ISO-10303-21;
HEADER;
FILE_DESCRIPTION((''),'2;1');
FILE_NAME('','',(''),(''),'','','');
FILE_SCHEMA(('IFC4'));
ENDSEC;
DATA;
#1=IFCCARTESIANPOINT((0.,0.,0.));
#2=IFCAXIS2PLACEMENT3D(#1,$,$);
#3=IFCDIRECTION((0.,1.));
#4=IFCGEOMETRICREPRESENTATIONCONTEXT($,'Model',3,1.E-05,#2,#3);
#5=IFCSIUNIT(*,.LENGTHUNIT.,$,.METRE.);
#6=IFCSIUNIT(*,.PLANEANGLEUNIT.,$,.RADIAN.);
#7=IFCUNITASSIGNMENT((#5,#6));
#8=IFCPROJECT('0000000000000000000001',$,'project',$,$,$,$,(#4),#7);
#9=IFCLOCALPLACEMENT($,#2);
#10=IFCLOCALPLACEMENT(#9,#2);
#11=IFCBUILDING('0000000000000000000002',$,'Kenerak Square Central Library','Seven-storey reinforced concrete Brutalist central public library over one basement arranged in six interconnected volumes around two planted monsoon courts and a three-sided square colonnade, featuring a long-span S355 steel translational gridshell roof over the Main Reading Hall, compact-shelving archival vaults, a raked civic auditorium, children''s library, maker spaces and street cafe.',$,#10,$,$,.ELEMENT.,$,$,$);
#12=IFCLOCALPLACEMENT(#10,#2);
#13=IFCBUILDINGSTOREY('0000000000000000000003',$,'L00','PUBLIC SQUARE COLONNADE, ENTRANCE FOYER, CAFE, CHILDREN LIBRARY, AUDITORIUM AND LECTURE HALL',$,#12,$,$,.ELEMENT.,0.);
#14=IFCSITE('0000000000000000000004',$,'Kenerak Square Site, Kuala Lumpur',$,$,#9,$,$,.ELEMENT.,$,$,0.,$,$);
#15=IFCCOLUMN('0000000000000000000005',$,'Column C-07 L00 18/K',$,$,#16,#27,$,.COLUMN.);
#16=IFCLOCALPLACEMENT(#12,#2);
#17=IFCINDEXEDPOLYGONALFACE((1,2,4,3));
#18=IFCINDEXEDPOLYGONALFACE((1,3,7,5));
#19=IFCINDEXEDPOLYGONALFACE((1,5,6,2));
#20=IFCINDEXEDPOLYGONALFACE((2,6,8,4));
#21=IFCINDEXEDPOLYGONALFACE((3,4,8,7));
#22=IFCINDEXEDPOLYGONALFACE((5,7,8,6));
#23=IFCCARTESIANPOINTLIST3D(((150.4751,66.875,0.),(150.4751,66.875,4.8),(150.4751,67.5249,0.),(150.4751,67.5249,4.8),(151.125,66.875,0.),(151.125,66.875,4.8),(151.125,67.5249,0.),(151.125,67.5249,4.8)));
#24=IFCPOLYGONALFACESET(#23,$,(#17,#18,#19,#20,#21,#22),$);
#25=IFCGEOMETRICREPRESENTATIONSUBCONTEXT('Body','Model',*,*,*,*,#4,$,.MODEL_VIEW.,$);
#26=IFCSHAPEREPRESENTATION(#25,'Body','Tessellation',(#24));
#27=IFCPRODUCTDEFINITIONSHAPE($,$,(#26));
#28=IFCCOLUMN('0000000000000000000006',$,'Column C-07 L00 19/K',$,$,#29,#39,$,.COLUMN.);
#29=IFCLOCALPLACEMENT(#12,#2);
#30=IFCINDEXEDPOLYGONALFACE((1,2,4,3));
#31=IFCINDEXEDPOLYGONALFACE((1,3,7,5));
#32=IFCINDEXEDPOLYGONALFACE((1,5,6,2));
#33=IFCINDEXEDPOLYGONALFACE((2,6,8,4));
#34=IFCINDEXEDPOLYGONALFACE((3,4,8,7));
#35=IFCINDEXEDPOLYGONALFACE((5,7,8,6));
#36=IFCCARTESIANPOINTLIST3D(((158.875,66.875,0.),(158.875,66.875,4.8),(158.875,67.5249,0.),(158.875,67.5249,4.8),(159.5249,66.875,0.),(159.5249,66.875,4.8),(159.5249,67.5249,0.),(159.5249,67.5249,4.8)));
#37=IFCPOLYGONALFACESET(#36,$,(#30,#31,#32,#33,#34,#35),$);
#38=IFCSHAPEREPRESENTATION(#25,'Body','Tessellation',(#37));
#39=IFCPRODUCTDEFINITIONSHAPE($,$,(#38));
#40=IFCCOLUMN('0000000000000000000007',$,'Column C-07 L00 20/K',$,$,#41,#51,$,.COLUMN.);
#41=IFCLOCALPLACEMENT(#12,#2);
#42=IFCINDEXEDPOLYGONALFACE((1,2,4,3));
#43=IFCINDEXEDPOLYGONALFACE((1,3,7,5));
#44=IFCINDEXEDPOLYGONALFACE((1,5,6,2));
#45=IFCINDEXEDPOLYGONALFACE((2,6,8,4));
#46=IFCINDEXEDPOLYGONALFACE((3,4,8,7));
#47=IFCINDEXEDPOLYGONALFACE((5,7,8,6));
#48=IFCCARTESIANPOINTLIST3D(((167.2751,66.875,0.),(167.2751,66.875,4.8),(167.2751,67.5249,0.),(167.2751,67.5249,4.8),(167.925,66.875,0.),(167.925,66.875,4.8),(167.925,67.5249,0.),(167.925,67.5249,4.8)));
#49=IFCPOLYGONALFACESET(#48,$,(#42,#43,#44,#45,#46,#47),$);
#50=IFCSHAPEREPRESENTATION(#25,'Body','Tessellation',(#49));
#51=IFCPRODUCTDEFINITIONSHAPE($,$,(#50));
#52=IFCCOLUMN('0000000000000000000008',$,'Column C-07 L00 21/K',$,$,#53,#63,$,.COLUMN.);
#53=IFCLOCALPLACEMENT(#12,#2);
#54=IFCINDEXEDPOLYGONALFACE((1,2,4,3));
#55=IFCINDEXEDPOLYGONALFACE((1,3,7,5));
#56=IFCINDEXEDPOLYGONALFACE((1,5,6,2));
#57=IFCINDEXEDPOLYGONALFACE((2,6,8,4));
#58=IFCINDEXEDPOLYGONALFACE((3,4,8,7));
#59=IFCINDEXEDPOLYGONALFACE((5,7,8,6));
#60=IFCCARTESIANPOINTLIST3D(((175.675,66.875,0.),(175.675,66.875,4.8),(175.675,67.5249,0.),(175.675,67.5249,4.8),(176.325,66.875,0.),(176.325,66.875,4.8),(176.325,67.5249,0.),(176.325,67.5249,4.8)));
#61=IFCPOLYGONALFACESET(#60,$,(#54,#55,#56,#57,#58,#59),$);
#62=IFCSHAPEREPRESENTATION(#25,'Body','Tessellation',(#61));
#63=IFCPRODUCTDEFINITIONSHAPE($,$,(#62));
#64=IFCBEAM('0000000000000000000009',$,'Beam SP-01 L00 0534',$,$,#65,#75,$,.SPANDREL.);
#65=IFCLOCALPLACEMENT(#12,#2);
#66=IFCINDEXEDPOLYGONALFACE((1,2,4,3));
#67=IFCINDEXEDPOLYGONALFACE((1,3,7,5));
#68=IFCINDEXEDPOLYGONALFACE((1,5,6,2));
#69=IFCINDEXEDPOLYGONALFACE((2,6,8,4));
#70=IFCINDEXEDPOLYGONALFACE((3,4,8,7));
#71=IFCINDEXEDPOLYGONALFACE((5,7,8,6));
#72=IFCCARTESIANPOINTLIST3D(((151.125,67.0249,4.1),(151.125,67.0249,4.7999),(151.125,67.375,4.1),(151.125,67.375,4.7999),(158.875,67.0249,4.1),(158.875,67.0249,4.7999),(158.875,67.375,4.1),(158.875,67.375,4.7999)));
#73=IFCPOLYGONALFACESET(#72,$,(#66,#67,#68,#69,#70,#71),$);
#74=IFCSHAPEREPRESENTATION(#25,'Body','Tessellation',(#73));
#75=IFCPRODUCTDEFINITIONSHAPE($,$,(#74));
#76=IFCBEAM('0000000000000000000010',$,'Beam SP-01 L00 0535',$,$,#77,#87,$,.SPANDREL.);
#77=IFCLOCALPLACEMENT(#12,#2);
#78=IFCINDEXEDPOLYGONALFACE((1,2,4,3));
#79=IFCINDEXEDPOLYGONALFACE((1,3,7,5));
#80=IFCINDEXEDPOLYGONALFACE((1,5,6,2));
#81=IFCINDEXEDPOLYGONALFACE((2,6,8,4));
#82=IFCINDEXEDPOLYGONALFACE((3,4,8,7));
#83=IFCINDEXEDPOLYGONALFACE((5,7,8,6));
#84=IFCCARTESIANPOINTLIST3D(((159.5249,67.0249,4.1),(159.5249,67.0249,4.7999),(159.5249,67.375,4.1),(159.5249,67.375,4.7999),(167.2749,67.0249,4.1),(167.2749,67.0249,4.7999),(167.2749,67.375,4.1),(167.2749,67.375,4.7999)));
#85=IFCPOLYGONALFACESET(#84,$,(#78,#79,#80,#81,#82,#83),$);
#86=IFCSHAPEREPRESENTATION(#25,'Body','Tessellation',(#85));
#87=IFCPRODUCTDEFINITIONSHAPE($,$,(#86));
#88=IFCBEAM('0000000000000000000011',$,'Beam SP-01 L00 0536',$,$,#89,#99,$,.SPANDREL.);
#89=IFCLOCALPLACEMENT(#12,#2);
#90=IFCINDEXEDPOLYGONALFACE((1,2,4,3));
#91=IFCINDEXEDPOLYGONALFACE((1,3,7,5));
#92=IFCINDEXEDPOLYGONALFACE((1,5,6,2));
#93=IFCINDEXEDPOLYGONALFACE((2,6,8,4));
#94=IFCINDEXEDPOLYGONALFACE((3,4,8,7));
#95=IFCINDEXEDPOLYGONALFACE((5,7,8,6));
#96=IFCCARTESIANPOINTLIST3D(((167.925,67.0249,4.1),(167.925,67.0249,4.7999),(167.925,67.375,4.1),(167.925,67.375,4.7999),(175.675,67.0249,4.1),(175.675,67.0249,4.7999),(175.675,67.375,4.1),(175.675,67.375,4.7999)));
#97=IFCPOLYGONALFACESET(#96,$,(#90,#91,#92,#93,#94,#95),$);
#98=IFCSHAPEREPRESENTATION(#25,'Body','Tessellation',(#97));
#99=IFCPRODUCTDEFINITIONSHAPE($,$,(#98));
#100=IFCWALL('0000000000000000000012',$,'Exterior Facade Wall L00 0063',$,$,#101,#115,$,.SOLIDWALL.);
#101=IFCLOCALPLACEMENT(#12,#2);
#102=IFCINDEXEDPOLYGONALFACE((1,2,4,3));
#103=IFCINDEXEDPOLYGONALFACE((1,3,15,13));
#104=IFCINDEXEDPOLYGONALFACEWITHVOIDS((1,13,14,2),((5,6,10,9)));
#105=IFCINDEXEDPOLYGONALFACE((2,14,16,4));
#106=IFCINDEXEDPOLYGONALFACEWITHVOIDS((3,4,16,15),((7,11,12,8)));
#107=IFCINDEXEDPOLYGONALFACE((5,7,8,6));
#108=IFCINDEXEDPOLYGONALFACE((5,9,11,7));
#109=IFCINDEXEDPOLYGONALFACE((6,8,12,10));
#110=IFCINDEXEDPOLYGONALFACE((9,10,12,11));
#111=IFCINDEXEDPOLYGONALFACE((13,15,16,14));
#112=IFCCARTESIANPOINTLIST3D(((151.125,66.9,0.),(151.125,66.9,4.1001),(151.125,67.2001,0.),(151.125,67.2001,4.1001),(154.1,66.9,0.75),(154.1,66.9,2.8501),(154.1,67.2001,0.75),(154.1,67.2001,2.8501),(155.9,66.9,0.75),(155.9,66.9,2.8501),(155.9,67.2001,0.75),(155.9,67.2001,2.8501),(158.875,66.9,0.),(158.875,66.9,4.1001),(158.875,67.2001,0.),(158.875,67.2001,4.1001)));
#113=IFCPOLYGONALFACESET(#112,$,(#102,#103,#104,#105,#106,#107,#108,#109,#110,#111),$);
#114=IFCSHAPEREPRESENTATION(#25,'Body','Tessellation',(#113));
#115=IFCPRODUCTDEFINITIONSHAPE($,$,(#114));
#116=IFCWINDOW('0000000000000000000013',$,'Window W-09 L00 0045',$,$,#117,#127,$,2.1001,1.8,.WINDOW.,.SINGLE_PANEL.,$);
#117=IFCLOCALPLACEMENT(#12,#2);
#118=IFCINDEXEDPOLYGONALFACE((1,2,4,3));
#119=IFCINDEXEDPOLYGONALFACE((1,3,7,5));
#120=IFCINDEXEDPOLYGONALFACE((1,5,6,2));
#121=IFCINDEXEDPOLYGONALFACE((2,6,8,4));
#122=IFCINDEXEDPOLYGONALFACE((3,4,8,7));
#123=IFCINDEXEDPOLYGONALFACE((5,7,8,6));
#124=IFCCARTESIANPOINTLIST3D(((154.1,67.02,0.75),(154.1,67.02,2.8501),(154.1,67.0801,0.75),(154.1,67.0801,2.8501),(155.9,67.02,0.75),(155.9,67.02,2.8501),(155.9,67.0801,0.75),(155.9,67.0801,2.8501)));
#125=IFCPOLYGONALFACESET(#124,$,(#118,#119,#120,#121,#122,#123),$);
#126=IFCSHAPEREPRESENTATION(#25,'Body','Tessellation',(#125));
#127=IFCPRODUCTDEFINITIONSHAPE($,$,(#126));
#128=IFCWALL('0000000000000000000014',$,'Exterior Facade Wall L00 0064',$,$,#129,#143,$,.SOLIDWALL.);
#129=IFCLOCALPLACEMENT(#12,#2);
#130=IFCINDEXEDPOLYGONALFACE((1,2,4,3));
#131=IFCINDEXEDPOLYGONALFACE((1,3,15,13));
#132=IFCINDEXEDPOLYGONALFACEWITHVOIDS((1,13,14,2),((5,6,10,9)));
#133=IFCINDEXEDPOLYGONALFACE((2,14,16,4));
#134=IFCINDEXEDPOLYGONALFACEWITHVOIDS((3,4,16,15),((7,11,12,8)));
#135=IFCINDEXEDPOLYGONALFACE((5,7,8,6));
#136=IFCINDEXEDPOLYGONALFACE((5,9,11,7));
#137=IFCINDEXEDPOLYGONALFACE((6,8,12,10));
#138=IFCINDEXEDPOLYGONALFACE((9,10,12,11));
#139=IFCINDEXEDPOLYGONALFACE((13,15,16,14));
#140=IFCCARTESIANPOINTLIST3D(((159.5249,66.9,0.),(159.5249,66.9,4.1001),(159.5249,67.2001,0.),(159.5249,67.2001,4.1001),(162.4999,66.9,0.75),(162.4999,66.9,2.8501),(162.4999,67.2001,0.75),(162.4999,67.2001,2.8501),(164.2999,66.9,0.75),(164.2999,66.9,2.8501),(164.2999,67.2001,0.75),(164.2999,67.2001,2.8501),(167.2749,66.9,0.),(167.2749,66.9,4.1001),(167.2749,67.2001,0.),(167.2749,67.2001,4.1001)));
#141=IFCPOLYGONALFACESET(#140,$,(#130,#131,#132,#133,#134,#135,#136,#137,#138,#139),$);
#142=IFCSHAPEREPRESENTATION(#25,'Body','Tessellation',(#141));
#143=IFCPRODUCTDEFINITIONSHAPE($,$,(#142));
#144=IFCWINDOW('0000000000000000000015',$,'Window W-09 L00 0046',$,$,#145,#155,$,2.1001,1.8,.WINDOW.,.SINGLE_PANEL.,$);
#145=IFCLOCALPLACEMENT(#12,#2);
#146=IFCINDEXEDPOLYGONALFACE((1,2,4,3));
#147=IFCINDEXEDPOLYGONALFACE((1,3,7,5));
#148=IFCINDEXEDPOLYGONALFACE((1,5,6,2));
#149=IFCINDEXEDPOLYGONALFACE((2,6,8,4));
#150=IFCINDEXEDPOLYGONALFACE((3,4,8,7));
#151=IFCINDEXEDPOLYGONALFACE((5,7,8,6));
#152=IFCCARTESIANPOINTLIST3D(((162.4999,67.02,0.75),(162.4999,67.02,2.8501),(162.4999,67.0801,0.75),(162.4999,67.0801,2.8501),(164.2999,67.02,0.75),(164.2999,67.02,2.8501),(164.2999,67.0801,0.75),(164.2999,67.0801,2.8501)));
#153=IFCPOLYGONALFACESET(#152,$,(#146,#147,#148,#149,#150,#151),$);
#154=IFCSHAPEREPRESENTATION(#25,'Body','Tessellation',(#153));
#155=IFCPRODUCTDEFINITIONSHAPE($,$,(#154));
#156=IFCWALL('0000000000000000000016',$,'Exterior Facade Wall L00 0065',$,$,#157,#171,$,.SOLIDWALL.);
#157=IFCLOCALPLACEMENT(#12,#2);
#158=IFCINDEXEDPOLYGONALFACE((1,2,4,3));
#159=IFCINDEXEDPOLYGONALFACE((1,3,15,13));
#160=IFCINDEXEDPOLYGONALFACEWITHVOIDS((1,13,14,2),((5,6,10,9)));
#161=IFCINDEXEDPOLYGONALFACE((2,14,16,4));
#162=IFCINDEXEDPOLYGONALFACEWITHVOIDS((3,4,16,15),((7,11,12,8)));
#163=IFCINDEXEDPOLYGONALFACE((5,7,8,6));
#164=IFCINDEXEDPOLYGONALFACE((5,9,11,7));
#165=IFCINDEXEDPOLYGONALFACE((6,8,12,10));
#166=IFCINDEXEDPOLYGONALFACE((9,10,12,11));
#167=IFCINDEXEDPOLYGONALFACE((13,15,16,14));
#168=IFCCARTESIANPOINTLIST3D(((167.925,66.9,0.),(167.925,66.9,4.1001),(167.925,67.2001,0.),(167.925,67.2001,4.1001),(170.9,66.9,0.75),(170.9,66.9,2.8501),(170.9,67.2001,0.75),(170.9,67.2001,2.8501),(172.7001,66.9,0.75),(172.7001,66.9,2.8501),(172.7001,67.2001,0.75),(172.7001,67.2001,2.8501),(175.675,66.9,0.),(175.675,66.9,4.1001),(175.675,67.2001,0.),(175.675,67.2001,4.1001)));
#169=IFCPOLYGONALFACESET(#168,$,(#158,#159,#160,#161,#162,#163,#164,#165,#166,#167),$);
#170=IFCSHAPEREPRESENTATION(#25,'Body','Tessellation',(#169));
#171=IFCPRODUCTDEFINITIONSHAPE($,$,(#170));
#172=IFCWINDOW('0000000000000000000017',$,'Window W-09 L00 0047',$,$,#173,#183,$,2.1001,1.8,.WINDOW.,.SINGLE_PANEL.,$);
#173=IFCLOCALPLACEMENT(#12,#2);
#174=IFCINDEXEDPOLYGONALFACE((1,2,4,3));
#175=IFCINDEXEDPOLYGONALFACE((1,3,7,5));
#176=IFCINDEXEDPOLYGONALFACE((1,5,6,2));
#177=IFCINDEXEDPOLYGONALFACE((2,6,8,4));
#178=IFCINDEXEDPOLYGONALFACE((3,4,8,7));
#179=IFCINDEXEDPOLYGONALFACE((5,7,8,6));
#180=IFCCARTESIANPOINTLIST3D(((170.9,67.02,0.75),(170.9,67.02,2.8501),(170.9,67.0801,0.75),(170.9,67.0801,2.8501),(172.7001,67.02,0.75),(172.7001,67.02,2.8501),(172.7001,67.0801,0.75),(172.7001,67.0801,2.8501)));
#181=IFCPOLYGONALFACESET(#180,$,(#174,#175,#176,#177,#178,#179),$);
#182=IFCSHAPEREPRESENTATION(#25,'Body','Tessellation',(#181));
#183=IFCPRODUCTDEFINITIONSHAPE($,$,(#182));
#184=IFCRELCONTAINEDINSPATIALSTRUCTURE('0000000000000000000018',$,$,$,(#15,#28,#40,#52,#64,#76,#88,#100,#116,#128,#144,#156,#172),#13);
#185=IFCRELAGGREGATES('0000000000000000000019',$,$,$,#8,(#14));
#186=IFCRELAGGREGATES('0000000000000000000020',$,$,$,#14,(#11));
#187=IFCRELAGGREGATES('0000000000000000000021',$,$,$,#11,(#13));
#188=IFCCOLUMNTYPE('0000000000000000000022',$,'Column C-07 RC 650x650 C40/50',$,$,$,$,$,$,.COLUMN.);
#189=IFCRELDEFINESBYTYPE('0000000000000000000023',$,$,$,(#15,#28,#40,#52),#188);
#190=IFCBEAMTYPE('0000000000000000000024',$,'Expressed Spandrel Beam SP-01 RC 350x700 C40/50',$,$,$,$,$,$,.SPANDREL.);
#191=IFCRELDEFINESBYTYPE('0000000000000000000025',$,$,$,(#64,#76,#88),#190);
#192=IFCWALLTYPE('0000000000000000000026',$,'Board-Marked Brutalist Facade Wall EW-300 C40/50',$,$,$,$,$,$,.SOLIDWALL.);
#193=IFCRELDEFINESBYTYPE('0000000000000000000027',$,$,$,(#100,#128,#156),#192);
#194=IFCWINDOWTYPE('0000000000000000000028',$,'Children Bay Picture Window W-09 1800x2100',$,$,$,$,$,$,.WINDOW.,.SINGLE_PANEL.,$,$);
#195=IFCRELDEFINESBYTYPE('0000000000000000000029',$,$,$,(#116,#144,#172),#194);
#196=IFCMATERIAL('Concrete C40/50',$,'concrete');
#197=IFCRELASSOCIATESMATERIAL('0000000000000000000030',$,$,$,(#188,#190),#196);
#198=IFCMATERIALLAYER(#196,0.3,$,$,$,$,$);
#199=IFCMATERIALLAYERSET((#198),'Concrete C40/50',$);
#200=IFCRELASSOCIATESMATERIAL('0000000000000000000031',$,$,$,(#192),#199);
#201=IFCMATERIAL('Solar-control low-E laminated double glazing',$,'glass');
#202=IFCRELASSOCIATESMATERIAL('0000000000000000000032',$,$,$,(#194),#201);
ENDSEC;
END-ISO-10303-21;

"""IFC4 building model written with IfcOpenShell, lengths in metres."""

from ifc_helpers import new_model, si_unit, direction, frame, frame_2d, origin, origin_2d, place, context, subcontext, project, spatial, rectangle, extrude, material, layer, layer_set, material_profile, profile_set, type_object, element, fill, save


model = new_model("IFC4")

# Units and contexts
model_context = context("Model", 3, precision=1e-05, world=origin(), true_north=direction((0.0, 1.0)))
body_context = subcontext(model_context, "Body", "Model", "MODEL_VIEW")
ifc_project = project(units=[si_unit("LENGTHUNIT", "METRE"), si_unit("PLANEANGLEUNIT", "RADIAN")], contexts=[model_context])

# Site, building, storey
site_placement = place(None, origin())
site = spatial("IfcSite", under=ifc_project, at=site_placement, Name="Kenerak Square Site, Kuala Lumpur", CompositionType="ELEMENT", RefElevation=0.0)
building_placement = place(site_placement, origin())
building = spatial("IfcBuilding", under=site, at=building_placement, Name="Kenerak Square Central Library", Description="Seven-storey reinforced concrete Brutalist central public library over one basement arranged in six interconnected volumes around two planted monsoon courts and a three-sided square colonnade, featuring a long-span S355 steel translational gridshell roof over the Main Reading Hall, compact-shelving archival vaults, a raked civic auditorium, children's library, maker spaces and street cafe.", CompositionType="ELEMENT")
storey_placement = place(building_placement, origin())
storey = spatial("IfcBuildingStorey", under=building, at=storey_placement, Name="L00", Description="PUBLIC SQUARE COLONNADE, ENTRANCE FOYER, CAFE, CHILDREN LIBRARY, AUDITORIUM AND LECTURE HALL", CompositionType="ELEMENT", Elevation=0.0)

# Columns
ifc_material_1 = material(Name="Concrete C40/50", Category="concrete")
ifc_material_profile_1 = material_profile(ifc_material_1, rectangle(XDim=0.6499, YDim=0.6499, at=origin_2d()), Name="RC 650x650")
ifc_profile_set_1 = profile_set([ifc_material_profile_1], Name="Concrete C40/50")
column_type = type_object("IfcColumnType", Name="Column C-07 RC 650x650 C40/50", PredefinedType="COLUMN", material=ifc_profile_set_1)
for number, where, z_axis, x_axis, name in (
    (1, (150.8, 67.2, 0.0), (0.0, 0.0, 1.0), (1.0, 0.0, 0.0), "Column C-07 L00 18/K"),
    (2, (159.2, 67.2, 0.0), (0.0, 0.0, 1.0), (1.0, 0.0, 0.0), "Column C-07 L00 19/K"),
    (3, (167.6001, 67.2, 0.0), (0.0, 0.0, 1.0), (1.0, 0.0, 0.0), "Column C-07 L00 20/K"),
    (4, (176.0, 67.2, 0.0), (0.0, 0.0, 1.0), (1.0, 0.0, 0.0), "Column C-07 L00 21/K"),
):
    element("IfcColumn", number, at=place(storey_placement, frame(where, z_axis=z_axis, x_axis=x_axis)), inside=storey, type_object=column_type, Name=name, PredefinedType="COLUMN", context=body_context, shape_type="SweptSolid", body=[
        extrude(rectangle(XDim=0.6499, YDim=0.6499, at=origin_2d()), origin(), (0.0, 0.0, 1.0), 4.8),
    ])

# Beams
ifc_material_profile_2 = material_profile(ifc_material_1, rectangle(XDim=0.3501, YDim=0.7, at=origin_2d()), Name="RC 350x700")
ifc_profile_set_2 = profile_set([ifc_material_profile_2], Name="Concrete C40/50")
beam_type = type_object("IfcBeamType", Name="Expressed Spandrel Beam SP-01 RC 350x700 C40/50", PredefinedType="SPANDREL", material=ifc_profile_set_2)
for number, where, z_axis, x_axis, name in (
    (5, (151.125, 67.2, 4.45), (1.0, 0.0, 0.0), (0.0, 1.0, 0.0), "Beam SP-01 L00 0534"),
    (6, (159.5249, 67.2, 4.45), (1.0, 0.0, 0.0), (0.0, 1.0, 0.0), "Beam SP-01 L00 0535"),
    (7, (167.925, 67.2, 4.45), (1.0, 0.0, 0.0), (0.0, 1.0, 0.0), "Beam SP-01 L00 0536"),
):
    element("IfcBeam", number, at=place(storey_placement, frame(where, z_axis=z_axis, x_axis=x_axis)), inside=storey, type_object=beam_type, Name=name, PredefinedType="SPANDREL", context=body_context, shape_type="SweptSolid", body=[
        extrude(rectangle(XDim=0.3501, YDim=0.7, at=origin_2d()), origin(), (0.0, 0.0, 1.0), 7.75),
    ])

# Walls, openings, windows
ifc_layer = layer(ifc_material_1, 0.3)
ifc_layer_set = layer_set([ifc_layer], Name="Concrete C40/50")
wall_type = type_object("IfcWallType", Name="Board-Marked Brutalist Facade Wall EW-300 C40/50", PredefinedType="SOLIDWALL", material=ifc_layer_set)
wall_1_placement = place(storey_placement, frame((151.125, 67.05, 0.0), z_axis=(0.0, 0.0, 1.0), x_axis=(1.0, 0.0, 0.0)))
wall_1 = element("IfcWall", 8, at=wall_1_placement, inside=storey, type_object=wall_type, Name="Exterior Facade Wall L00 0063", PredefinedType="SOLIDWALL", context=body_context, shape_type="SweptSolid", body=[
    extrude(rectangle(XDim=7.75, YDim=0.3, at=frame_2d((3.875, 0.0))), origin(), (0.0, 0.0, 1.0), 4.1001),
])
opening_1_placement = place(wall_1_placement, frame((2.9751, 0.0, 0.75)))
opening_1 = element("IfcOpeningElement", 9, at=opening_1_placement, cuts=wall_1, PredefinedType="OPENING", context=body_context, shape_type="SweptSolid", body=[
    extrude(rectangle(XDim=1.8, YDim=2.1001, at=frame_2d((0.8999, 1.05))), frame((0.0, 0.1599, 0.0), z_axis=(0.0, -1.0, 0.0), x_axis=(1.0, 0.0, 0.0)), (0.0, 0.0, 1.0), 0.3201),
])
ifc_material_2 = material(Name="Solar-control low-E laminated double glazing", Category="glass")
window_type = type_object("IfcWindowType", Name="Children Bay Picture Window W-09 1800x2100", PartitioningType="SINGLE_PANEL", PredefinedType="WINDOW", material=ifc_material_2)
window_1_placement = place(opening_1_placement, origin())
window_1 = element("IfcWindow", 10, at=window_1_placement, inside=storey, type_object=window_type, Name="Window W-09 L00 0045", OverallHeight=2.1001, OverallWidth=1.8, PartitioningType="SINGLE_PANEL", PredefinedType="WINDOW", context=body_context, shape_type="SweptSolid", body=[
    extrude(rectangle(XDim=1.8, YDim=2.1001, at=frame_2d((0.8999, 1.05))), frame((0.0, 0.03, 0.0), z_axis=(0.0, -1.0, 0.0), x_axis=(1.0, 0.0, 0.0)), (0.0, 0.0, 1.0), 0.0601),
])
fill(opening_1, window_1)
wall_2_placement = place(storey_placement, frame((159.5249, 67.05, 0.0), z_axis=(0.0, 0.0, 1.0), x_axis=(1.0, 0.0, 0.0)))
wall_2 = element("IfcWall", 11, at=wall_2_placement, inside=storey, type_object=wall_type, Name="Exterior Facade Wall L00 0064", PredefinedType="SOLIDWALL", context=body_context, shape_type="SweptSolid", body=[
    extrude(rectangle(XDim=7.75, YDim=0.3, at=frame_2d((3.875, 0.0))), origin(), (0.0, 0.0, 1.0), 4.1001),
])
opening_2_placement = place(wall_2_placement, frame((2.9751, 0.0, 0.75)))
opening_2 = element("IfcOpeningElement", 12, at=opening_2_placement, cuts=wall_2, PredefinedType="OPENING", context=body_context, shape_type="SweptSolid", body=[
    extrude(rectangle(XDim=1.8, YDim=2.1001, at=frame_2d((0.8999, 1.05))), frame((0.0, 0.1599, 0.0), z_axis=(0.0, -1.0, 0.0), x_axis=(1.0, 0.0, 0.0)), (0.0, 0.0, 1.0), 0.3201),
])
window_2_placement = place(opening_2_placement, origin())
window_2 = element("IfcWindow", 13, at=window_2_placement, inside=storey, type_object=window_type, Name="Window W-09 L00 0046", OverallHeight=2.1001, OverallWidth=1.8, PartitioningType="SINGLE_PANEL", PredefinedType="WINDOW", context=body_context, shape_type="SweptSolid", body=[
    extrude(rectangle(XDim=1.8, YDim=2.1001, at=frame_2d((0.8999, 1.05))), frame((0.0, 0.03, 0.0), z_axis=(0.0, -1.0, 0.0), x_axis=(1.0, 0.0, 0.0)), (0.0, 0.0, 1.0), 0.0601),
])
fill(opening_2, window_2)
wall_3_placement = place(storey_placement, frame((167.925, 67.05, 0.0), z_axis=(0.0, 0.0, 1.0), x_axis=(1.0, 0.0, 0.0)))
wall_3 = element("IfcWall", 14, at=wall_3_placement, inside=storey, type_object=wall_type, Name="Exterior Facade Wall L00 0065", PredefinedType="SOLIDWALL", context=body_context, shape_type="SweptSolid", body=[
    extrude(rectangle(XDim=7.75, YDim=0.3, at=frame_2d((3.875, 0.0))), origin(), (0.0, 0.0, 1.0), 4.1001),
])
opening_3_placement = place(wall_3_placement, frame((2.9751, 0.0, 0.75)))
opening_3 = element("IfcOpeningElement", 15, at=opening_3_placement, cuts=wall_3, PredefinedType="OPENING", context=body_context, shape_type="SweptSolid", body=[
    extrude(rectangle(XDim=1.8, YDim=2.1001, at=frame_2d((0.8999, 1.05))), frame((0.0, 0.1599, 0.0), z_axis=(0.0, -1.0, 0.0), x_axis=(1.0, 0.0, 0.0)), (0.0, 0.0, 1.0), 0.3201),
])
window_3_placement = place(opening_3_placement, origin())
window_3 = element("IfcWindow", 16, at=window_3_placement, inside=storey, type_object=window_type, Name="Window W-09 L00 0047", OverallHeight=2.1001, OverallWidth=1.8, PartitioningType="SINGLE_PANEL", PredefinedType="WINDOW", context=body_context, shape_type="SweptSolid", body=[
    extrude(rectangle(XDim=1.8, YDim=2.1001, at=frame_2d((0.8999, 1.05))), frame((0.0, 0.03, 0.0), z_axis=(0.0, -1.0, 0.0), x_axis=(1.0, 0.0, 0.0)), (0.0, 0.0, 1.0), 0.0601),
])
fill(opening_3, window_3)

save(model, "model.ifc")
